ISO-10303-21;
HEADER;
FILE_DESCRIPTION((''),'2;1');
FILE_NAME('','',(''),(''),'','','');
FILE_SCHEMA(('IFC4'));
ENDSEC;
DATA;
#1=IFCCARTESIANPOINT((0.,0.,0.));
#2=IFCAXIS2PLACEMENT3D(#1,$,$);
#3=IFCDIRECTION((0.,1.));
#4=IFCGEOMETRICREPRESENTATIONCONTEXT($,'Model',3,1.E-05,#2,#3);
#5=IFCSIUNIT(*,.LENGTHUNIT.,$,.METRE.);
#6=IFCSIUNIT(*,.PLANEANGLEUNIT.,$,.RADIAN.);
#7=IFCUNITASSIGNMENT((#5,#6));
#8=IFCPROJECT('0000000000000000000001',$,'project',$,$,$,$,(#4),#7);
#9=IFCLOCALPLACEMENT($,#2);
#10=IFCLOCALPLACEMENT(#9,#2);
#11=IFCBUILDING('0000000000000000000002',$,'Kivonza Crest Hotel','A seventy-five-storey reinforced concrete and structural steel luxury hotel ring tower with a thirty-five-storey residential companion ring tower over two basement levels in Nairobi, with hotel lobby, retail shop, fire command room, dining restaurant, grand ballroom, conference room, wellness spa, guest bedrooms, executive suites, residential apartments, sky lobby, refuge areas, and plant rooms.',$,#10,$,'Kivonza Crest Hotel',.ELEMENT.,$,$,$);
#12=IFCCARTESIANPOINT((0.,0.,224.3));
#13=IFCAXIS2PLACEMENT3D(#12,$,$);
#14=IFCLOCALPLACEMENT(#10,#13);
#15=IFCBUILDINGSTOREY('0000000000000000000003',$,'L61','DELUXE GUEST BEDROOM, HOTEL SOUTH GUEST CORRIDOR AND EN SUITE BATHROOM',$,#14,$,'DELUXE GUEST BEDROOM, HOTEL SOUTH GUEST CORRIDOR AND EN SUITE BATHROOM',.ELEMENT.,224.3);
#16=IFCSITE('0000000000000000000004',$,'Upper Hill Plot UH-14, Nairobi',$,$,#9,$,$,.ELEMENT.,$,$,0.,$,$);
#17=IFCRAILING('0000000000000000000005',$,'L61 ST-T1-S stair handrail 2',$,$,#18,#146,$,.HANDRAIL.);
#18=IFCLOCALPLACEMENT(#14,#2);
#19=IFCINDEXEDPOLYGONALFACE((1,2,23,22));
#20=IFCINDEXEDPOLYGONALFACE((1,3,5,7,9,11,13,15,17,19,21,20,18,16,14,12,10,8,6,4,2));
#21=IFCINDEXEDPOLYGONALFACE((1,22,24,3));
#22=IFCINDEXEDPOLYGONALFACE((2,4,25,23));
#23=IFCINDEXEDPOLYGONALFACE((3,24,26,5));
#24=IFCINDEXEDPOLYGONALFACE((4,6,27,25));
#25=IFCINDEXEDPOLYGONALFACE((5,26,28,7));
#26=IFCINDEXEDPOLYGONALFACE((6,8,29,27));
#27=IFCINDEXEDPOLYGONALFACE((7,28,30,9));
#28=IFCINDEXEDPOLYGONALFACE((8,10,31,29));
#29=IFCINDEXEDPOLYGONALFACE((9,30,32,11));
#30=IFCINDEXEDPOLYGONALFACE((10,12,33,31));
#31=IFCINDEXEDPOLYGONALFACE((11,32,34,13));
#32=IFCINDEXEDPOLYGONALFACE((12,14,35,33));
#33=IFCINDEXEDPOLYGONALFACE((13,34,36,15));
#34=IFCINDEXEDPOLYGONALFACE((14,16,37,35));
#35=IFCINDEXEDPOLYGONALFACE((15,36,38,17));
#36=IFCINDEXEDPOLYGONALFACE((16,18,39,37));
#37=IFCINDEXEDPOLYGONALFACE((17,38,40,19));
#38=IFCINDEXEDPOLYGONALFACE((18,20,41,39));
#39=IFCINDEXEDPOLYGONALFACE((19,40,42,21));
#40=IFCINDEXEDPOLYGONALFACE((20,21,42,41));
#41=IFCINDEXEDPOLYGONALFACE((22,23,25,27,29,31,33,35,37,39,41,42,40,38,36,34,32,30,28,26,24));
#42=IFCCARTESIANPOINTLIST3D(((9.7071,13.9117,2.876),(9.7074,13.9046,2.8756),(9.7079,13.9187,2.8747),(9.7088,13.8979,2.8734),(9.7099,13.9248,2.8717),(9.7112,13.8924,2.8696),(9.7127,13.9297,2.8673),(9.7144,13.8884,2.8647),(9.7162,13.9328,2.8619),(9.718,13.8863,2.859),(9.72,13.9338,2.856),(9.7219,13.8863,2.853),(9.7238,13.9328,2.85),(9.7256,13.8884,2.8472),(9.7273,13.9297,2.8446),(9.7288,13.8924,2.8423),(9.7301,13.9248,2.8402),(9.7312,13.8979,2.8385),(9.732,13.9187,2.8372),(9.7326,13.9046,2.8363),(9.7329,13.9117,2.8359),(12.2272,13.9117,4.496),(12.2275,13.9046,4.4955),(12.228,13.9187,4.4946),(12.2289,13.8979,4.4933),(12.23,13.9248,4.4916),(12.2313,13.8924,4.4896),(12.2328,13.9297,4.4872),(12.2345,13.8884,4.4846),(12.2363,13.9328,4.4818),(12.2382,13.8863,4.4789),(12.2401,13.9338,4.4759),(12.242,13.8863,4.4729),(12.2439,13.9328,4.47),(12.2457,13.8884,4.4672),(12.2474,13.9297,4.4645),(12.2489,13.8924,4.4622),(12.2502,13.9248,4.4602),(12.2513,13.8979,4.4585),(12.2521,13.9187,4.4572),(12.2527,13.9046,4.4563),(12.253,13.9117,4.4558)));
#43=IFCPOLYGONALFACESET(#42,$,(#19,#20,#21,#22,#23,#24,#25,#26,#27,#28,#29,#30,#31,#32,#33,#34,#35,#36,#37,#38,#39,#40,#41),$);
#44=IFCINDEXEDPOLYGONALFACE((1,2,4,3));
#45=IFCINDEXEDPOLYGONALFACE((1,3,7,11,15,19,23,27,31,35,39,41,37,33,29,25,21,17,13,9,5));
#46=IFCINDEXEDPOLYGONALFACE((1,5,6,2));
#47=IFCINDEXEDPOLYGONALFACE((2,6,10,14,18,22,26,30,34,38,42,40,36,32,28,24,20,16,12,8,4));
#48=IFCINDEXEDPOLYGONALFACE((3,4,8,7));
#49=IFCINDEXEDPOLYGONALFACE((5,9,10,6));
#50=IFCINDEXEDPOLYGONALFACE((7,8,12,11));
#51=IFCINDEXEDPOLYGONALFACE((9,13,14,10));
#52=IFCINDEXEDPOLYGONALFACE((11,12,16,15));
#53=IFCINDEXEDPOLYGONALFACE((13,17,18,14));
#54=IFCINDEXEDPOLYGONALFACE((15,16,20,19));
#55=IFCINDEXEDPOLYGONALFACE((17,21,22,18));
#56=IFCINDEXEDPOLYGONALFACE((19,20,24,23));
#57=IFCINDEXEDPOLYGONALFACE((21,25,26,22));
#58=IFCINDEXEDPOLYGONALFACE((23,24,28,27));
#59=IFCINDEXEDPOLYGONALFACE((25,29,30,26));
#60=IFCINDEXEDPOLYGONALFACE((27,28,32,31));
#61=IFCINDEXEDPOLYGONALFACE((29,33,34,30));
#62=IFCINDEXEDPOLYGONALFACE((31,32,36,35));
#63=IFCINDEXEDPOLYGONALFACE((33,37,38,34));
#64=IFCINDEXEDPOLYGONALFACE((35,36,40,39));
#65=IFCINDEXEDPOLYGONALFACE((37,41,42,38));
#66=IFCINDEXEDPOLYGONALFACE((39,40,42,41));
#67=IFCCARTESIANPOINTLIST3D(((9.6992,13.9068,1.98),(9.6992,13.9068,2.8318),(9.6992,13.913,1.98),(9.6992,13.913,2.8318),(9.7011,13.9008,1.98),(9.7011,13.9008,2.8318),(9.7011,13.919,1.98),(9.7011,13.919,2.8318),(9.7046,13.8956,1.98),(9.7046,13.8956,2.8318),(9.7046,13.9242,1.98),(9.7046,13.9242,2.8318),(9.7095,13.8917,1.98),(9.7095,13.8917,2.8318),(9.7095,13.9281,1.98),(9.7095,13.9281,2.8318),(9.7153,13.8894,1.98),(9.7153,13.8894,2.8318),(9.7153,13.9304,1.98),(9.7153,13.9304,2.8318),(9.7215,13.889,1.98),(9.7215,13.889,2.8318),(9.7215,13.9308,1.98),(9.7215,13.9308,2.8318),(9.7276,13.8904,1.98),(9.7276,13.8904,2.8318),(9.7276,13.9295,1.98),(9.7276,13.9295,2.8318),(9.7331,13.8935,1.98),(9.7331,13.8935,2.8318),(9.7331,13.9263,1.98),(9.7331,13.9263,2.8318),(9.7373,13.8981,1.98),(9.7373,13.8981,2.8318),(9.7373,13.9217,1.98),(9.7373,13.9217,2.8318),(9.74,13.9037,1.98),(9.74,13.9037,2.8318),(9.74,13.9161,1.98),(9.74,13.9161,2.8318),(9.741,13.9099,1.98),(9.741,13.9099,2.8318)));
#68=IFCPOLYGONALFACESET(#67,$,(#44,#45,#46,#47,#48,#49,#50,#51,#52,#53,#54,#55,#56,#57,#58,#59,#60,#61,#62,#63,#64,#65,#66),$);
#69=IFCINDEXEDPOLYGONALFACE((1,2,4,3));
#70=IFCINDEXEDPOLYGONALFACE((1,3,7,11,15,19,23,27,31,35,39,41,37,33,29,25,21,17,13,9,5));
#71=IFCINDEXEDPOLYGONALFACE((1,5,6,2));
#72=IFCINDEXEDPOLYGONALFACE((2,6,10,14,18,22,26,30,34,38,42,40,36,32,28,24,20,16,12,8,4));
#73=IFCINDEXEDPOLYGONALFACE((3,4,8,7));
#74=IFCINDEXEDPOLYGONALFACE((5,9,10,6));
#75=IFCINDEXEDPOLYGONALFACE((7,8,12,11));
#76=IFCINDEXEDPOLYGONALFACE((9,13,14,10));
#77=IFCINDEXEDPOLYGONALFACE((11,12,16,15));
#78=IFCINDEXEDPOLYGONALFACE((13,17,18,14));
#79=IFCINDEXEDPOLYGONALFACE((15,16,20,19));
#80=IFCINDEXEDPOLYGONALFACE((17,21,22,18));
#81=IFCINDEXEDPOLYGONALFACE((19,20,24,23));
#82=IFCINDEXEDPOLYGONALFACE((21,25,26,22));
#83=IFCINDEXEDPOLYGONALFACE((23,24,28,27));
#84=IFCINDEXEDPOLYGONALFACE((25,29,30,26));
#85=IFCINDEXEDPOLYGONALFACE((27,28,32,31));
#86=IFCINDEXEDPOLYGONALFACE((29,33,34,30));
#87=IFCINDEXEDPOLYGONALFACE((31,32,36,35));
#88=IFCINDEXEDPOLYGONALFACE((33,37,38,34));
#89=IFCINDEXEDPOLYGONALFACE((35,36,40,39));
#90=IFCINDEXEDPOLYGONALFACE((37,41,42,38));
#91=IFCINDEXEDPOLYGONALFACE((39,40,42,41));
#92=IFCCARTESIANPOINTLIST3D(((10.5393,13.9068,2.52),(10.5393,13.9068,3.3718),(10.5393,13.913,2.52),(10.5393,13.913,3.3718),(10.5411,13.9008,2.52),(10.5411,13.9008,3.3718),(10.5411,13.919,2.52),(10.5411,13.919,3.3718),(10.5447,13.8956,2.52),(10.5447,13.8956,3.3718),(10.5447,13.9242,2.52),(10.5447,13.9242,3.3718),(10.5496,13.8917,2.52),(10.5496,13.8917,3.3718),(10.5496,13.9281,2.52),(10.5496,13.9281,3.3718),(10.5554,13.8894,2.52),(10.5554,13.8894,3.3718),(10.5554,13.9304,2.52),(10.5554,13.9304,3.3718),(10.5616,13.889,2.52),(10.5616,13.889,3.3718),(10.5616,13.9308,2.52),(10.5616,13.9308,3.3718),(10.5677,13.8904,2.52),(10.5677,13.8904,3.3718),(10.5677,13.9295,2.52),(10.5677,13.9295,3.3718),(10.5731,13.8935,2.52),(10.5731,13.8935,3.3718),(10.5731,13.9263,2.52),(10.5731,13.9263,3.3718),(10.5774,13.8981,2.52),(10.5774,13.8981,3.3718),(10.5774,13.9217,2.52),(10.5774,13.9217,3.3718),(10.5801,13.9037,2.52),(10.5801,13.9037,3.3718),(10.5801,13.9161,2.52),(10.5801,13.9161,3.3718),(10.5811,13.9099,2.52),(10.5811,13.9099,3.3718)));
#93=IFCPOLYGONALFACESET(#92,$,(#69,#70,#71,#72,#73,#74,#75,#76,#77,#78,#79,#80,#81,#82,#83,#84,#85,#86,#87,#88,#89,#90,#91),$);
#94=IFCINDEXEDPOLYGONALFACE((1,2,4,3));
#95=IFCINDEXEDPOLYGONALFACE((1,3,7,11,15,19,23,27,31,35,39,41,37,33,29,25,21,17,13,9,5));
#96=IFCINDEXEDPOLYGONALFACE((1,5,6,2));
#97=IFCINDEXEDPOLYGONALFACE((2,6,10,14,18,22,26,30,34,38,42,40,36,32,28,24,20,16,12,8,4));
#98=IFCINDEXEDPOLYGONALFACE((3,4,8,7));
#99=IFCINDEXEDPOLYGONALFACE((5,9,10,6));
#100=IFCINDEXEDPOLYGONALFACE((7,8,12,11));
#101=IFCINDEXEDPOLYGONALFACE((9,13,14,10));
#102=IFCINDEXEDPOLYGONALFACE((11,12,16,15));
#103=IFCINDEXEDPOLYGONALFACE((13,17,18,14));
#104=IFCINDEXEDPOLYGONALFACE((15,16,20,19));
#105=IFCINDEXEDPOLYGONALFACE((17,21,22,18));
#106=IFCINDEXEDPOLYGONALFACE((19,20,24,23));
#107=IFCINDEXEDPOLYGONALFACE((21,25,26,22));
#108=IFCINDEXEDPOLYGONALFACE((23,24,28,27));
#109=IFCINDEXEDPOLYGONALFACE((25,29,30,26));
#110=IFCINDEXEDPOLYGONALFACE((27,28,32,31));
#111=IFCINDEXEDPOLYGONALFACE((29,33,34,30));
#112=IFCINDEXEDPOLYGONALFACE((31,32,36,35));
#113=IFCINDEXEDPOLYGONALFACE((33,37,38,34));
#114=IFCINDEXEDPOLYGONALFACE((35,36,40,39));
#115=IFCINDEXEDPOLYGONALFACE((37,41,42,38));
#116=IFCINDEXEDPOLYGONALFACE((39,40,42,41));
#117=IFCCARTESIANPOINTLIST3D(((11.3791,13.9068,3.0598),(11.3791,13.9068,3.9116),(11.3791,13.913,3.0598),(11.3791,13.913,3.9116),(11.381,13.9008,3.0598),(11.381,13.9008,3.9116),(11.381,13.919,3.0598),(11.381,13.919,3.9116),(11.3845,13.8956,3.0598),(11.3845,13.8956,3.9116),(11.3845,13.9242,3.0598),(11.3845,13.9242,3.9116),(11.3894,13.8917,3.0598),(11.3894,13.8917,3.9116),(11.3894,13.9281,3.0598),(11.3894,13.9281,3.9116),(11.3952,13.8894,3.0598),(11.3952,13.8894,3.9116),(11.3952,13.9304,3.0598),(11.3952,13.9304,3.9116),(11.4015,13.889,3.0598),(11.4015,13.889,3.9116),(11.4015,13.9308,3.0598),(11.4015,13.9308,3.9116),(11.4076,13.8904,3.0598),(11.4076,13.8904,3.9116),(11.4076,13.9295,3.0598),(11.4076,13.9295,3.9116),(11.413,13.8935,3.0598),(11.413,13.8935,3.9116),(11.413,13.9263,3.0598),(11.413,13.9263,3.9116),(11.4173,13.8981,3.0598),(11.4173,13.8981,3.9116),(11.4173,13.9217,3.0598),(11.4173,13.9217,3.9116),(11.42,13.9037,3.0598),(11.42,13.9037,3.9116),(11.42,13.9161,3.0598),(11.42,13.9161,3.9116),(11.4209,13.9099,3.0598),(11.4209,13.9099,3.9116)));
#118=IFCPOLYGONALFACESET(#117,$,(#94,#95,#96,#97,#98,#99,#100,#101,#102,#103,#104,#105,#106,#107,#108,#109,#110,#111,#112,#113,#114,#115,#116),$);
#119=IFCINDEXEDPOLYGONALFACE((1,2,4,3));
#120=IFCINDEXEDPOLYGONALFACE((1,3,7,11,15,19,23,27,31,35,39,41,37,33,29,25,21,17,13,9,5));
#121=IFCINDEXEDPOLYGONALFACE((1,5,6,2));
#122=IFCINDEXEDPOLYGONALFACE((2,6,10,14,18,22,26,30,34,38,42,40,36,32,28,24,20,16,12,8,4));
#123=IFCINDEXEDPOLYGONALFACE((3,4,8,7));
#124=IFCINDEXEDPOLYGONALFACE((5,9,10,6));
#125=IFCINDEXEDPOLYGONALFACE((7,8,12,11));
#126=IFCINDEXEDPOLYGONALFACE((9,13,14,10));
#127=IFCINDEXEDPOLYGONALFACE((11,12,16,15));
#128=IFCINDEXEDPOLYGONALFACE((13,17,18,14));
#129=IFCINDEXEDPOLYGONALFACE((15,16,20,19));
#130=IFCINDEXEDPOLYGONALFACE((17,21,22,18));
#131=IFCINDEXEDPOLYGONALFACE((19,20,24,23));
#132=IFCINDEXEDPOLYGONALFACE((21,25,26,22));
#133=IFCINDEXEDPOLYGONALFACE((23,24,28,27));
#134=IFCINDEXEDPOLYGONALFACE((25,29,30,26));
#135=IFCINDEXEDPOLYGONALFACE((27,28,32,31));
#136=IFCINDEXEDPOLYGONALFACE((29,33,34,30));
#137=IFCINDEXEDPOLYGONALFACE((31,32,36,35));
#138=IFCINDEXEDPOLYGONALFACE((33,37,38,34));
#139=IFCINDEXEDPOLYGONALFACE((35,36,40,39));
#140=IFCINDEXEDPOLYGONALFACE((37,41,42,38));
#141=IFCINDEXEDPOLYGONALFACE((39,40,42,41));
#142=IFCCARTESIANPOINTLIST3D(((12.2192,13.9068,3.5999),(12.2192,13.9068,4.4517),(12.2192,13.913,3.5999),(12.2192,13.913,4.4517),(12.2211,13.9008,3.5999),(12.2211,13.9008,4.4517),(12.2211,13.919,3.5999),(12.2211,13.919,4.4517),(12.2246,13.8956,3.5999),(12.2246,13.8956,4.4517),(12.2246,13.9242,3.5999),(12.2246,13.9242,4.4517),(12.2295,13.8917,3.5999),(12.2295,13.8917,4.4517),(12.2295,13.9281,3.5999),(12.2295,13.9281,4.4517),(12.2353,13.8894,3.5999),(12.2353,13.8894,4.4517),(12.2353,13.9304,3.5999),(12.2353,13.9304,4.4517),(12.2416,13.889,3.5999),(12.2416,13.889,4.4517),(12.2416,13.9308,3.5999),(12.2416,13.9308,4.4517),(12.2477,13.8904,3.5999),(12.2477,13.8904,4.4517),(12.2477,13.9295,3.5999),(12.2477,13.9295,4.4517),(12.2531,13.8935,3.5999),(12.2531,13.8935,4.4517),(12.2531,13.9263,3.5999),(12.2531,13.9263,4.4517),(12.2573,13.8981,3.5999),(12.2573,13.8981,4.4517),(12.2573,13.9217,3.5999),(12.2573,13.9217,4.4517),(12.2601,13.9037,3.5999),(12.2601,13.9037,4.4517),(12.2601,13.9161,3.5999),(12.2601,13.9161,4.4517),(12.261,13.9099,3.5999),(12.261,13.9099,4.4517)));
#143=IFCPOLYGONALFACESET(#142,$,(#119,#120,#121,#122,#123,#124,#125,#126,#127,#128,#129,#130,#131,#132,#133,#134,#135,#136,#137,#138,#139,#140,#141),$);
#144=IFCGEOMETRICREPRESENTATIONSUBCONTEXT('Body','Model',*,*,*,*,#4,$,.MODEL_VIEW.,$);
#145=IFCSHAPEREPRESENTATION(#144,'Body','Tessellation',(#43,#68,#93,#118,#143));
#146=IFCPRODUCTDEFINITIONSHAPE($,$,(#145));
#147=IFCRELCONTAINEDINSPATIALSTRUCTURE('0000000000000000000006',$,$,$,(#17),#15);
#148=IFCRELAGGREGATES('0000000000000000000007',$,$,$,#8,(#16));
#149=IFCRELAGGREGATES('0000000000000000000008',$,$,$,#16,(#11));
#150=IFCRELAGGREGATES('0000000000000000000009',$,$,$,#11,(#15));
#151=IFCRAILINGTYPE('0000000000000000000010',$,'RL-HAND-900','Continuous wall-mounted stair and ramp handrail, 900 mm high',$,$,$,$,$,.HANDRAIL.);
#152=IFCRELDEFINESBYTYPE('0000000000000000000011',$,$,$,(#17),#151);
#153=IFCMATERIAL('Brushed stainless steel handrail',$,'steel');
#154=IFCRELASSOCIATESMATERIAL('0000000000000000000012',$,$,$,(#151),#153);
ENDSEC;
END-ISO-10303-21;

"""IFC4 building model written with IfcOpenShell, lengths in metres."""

from ifc_helpers import new_model, si_unit, direction, frame, origin, origin_2d, place, context, subcontext, project, spatial, circle, extrude, material, type_object, element, save


model = new_model("IFC4")

# Units and contexts
model_context = context("Model", 3, precision=1e-05, world=origin(), true_north=direction((0.0, 1.0)))
body_context = subcontext(model_context, "Body", "Model", "MODEL_VIEW")
ifc_project = project(units=[si_unit("LENGTHUNIT", "METRE"), si_unit("PLANEANGLEUNIT", "RADIAN")], contexts=[model_context])

# Site, building, storey
site_placement = place(None, origin())
site = spatial("IfcSite", under=ifc_project, at=site_placement, Name="Upper Hill Plot UH-14, Nairobi", CompositionType="ELEMENT", RefElevation=0.0)
building_placement = place(site_placement, origin())
building = spatial("IfcBuilding", under=site, at=building_placement, Name="Kivonza Crest Hotel", Description="A seventy-five-storey reinforced concrete and structural steel luxury hotel ring tower with a thirty-five-storey residential companion ring tower over two basement levels in Nairobi, with hotel lobby, retail shop, fire command room, dining restaurant, grand ballroom, conference room, wellness spa, guest bedrooms, executive suites, residential apartments, sky lobby, refuge areas, and plant rooms.", LongName="Kivonza Crest Hotel", CompositionType="ELEMENT")
storey_placement = place(building_placement, frame((0.0, 0.0, 224.3)))
storey = spatial("IfcBuildingStorey", under=building, at=storey_placement, Name="L61", Description="DELUXE GUEST BEDROOM, HOTEL SOUTH GUEST CORRIDOR AND EN SUITE BATHROOM", LongName="DELUXE GUEST BEDROOM, HOTEL SOUTH GUEST CORRIDOR AND EN SUITE BATHROOM", CompositionType="ELEMENT", Elevation=224.3)

# Railing
ifc_material_1 = material(Name="Brushed stainless steel handrail", Category="steel")
railing_type_1 = type_object("IfcRailingType", Name="RL-HAND-900", Description="Continuous wall-mounted stair and ramp handrail, 900 mm high", PredefinedType="HANDRAIL", material=ifc_material_1)
railing_1_placement = place(storey_placement, frame((9.72, 13.9099, 1.98)))
element("IfcRailing", 1, at=railing_1_placement, inside=storey, type_object=railing_type_1, Name="L61 ST-T1-S stair handrail 2", PredefinedType="HANDRAIL", context=body_context, shape_type="SweptSolid", body=[
    extrude(circle(Radius=0.0239, at=origin_2d()), frame((0.0, 0.0, 0.876), z_axis=(0.8412, 0.0, 0.540725), x_axis=(0.0, 1.0, 0.0)), (0.0, 0.0, 1.0), 2.9958),
    extrude(circle(Radius=0.021, at=origin_2d()), origin(), (0.0, 0.0, 1.0), 0.8518),
    extrude(circle(Radius=0.021, at=origin_2d()), frame((0.8401, 0.0, 0.54)), (0.0, 0.0, 1.0), 0.8518),
    extrude(circle(Radius=0.021, at=origin_2d()), frame((1.6799, 0.0, 1.0798)), (0.0, 0.0, 1.0), 0.8518),
    extrude(circle(Radius=0.021, at=origin_2d()), frame((2.52, 0.0, 1.6199)), (0.0, 0.0, 1.0), 0.8518),
])

save(model, "model.ifc")
